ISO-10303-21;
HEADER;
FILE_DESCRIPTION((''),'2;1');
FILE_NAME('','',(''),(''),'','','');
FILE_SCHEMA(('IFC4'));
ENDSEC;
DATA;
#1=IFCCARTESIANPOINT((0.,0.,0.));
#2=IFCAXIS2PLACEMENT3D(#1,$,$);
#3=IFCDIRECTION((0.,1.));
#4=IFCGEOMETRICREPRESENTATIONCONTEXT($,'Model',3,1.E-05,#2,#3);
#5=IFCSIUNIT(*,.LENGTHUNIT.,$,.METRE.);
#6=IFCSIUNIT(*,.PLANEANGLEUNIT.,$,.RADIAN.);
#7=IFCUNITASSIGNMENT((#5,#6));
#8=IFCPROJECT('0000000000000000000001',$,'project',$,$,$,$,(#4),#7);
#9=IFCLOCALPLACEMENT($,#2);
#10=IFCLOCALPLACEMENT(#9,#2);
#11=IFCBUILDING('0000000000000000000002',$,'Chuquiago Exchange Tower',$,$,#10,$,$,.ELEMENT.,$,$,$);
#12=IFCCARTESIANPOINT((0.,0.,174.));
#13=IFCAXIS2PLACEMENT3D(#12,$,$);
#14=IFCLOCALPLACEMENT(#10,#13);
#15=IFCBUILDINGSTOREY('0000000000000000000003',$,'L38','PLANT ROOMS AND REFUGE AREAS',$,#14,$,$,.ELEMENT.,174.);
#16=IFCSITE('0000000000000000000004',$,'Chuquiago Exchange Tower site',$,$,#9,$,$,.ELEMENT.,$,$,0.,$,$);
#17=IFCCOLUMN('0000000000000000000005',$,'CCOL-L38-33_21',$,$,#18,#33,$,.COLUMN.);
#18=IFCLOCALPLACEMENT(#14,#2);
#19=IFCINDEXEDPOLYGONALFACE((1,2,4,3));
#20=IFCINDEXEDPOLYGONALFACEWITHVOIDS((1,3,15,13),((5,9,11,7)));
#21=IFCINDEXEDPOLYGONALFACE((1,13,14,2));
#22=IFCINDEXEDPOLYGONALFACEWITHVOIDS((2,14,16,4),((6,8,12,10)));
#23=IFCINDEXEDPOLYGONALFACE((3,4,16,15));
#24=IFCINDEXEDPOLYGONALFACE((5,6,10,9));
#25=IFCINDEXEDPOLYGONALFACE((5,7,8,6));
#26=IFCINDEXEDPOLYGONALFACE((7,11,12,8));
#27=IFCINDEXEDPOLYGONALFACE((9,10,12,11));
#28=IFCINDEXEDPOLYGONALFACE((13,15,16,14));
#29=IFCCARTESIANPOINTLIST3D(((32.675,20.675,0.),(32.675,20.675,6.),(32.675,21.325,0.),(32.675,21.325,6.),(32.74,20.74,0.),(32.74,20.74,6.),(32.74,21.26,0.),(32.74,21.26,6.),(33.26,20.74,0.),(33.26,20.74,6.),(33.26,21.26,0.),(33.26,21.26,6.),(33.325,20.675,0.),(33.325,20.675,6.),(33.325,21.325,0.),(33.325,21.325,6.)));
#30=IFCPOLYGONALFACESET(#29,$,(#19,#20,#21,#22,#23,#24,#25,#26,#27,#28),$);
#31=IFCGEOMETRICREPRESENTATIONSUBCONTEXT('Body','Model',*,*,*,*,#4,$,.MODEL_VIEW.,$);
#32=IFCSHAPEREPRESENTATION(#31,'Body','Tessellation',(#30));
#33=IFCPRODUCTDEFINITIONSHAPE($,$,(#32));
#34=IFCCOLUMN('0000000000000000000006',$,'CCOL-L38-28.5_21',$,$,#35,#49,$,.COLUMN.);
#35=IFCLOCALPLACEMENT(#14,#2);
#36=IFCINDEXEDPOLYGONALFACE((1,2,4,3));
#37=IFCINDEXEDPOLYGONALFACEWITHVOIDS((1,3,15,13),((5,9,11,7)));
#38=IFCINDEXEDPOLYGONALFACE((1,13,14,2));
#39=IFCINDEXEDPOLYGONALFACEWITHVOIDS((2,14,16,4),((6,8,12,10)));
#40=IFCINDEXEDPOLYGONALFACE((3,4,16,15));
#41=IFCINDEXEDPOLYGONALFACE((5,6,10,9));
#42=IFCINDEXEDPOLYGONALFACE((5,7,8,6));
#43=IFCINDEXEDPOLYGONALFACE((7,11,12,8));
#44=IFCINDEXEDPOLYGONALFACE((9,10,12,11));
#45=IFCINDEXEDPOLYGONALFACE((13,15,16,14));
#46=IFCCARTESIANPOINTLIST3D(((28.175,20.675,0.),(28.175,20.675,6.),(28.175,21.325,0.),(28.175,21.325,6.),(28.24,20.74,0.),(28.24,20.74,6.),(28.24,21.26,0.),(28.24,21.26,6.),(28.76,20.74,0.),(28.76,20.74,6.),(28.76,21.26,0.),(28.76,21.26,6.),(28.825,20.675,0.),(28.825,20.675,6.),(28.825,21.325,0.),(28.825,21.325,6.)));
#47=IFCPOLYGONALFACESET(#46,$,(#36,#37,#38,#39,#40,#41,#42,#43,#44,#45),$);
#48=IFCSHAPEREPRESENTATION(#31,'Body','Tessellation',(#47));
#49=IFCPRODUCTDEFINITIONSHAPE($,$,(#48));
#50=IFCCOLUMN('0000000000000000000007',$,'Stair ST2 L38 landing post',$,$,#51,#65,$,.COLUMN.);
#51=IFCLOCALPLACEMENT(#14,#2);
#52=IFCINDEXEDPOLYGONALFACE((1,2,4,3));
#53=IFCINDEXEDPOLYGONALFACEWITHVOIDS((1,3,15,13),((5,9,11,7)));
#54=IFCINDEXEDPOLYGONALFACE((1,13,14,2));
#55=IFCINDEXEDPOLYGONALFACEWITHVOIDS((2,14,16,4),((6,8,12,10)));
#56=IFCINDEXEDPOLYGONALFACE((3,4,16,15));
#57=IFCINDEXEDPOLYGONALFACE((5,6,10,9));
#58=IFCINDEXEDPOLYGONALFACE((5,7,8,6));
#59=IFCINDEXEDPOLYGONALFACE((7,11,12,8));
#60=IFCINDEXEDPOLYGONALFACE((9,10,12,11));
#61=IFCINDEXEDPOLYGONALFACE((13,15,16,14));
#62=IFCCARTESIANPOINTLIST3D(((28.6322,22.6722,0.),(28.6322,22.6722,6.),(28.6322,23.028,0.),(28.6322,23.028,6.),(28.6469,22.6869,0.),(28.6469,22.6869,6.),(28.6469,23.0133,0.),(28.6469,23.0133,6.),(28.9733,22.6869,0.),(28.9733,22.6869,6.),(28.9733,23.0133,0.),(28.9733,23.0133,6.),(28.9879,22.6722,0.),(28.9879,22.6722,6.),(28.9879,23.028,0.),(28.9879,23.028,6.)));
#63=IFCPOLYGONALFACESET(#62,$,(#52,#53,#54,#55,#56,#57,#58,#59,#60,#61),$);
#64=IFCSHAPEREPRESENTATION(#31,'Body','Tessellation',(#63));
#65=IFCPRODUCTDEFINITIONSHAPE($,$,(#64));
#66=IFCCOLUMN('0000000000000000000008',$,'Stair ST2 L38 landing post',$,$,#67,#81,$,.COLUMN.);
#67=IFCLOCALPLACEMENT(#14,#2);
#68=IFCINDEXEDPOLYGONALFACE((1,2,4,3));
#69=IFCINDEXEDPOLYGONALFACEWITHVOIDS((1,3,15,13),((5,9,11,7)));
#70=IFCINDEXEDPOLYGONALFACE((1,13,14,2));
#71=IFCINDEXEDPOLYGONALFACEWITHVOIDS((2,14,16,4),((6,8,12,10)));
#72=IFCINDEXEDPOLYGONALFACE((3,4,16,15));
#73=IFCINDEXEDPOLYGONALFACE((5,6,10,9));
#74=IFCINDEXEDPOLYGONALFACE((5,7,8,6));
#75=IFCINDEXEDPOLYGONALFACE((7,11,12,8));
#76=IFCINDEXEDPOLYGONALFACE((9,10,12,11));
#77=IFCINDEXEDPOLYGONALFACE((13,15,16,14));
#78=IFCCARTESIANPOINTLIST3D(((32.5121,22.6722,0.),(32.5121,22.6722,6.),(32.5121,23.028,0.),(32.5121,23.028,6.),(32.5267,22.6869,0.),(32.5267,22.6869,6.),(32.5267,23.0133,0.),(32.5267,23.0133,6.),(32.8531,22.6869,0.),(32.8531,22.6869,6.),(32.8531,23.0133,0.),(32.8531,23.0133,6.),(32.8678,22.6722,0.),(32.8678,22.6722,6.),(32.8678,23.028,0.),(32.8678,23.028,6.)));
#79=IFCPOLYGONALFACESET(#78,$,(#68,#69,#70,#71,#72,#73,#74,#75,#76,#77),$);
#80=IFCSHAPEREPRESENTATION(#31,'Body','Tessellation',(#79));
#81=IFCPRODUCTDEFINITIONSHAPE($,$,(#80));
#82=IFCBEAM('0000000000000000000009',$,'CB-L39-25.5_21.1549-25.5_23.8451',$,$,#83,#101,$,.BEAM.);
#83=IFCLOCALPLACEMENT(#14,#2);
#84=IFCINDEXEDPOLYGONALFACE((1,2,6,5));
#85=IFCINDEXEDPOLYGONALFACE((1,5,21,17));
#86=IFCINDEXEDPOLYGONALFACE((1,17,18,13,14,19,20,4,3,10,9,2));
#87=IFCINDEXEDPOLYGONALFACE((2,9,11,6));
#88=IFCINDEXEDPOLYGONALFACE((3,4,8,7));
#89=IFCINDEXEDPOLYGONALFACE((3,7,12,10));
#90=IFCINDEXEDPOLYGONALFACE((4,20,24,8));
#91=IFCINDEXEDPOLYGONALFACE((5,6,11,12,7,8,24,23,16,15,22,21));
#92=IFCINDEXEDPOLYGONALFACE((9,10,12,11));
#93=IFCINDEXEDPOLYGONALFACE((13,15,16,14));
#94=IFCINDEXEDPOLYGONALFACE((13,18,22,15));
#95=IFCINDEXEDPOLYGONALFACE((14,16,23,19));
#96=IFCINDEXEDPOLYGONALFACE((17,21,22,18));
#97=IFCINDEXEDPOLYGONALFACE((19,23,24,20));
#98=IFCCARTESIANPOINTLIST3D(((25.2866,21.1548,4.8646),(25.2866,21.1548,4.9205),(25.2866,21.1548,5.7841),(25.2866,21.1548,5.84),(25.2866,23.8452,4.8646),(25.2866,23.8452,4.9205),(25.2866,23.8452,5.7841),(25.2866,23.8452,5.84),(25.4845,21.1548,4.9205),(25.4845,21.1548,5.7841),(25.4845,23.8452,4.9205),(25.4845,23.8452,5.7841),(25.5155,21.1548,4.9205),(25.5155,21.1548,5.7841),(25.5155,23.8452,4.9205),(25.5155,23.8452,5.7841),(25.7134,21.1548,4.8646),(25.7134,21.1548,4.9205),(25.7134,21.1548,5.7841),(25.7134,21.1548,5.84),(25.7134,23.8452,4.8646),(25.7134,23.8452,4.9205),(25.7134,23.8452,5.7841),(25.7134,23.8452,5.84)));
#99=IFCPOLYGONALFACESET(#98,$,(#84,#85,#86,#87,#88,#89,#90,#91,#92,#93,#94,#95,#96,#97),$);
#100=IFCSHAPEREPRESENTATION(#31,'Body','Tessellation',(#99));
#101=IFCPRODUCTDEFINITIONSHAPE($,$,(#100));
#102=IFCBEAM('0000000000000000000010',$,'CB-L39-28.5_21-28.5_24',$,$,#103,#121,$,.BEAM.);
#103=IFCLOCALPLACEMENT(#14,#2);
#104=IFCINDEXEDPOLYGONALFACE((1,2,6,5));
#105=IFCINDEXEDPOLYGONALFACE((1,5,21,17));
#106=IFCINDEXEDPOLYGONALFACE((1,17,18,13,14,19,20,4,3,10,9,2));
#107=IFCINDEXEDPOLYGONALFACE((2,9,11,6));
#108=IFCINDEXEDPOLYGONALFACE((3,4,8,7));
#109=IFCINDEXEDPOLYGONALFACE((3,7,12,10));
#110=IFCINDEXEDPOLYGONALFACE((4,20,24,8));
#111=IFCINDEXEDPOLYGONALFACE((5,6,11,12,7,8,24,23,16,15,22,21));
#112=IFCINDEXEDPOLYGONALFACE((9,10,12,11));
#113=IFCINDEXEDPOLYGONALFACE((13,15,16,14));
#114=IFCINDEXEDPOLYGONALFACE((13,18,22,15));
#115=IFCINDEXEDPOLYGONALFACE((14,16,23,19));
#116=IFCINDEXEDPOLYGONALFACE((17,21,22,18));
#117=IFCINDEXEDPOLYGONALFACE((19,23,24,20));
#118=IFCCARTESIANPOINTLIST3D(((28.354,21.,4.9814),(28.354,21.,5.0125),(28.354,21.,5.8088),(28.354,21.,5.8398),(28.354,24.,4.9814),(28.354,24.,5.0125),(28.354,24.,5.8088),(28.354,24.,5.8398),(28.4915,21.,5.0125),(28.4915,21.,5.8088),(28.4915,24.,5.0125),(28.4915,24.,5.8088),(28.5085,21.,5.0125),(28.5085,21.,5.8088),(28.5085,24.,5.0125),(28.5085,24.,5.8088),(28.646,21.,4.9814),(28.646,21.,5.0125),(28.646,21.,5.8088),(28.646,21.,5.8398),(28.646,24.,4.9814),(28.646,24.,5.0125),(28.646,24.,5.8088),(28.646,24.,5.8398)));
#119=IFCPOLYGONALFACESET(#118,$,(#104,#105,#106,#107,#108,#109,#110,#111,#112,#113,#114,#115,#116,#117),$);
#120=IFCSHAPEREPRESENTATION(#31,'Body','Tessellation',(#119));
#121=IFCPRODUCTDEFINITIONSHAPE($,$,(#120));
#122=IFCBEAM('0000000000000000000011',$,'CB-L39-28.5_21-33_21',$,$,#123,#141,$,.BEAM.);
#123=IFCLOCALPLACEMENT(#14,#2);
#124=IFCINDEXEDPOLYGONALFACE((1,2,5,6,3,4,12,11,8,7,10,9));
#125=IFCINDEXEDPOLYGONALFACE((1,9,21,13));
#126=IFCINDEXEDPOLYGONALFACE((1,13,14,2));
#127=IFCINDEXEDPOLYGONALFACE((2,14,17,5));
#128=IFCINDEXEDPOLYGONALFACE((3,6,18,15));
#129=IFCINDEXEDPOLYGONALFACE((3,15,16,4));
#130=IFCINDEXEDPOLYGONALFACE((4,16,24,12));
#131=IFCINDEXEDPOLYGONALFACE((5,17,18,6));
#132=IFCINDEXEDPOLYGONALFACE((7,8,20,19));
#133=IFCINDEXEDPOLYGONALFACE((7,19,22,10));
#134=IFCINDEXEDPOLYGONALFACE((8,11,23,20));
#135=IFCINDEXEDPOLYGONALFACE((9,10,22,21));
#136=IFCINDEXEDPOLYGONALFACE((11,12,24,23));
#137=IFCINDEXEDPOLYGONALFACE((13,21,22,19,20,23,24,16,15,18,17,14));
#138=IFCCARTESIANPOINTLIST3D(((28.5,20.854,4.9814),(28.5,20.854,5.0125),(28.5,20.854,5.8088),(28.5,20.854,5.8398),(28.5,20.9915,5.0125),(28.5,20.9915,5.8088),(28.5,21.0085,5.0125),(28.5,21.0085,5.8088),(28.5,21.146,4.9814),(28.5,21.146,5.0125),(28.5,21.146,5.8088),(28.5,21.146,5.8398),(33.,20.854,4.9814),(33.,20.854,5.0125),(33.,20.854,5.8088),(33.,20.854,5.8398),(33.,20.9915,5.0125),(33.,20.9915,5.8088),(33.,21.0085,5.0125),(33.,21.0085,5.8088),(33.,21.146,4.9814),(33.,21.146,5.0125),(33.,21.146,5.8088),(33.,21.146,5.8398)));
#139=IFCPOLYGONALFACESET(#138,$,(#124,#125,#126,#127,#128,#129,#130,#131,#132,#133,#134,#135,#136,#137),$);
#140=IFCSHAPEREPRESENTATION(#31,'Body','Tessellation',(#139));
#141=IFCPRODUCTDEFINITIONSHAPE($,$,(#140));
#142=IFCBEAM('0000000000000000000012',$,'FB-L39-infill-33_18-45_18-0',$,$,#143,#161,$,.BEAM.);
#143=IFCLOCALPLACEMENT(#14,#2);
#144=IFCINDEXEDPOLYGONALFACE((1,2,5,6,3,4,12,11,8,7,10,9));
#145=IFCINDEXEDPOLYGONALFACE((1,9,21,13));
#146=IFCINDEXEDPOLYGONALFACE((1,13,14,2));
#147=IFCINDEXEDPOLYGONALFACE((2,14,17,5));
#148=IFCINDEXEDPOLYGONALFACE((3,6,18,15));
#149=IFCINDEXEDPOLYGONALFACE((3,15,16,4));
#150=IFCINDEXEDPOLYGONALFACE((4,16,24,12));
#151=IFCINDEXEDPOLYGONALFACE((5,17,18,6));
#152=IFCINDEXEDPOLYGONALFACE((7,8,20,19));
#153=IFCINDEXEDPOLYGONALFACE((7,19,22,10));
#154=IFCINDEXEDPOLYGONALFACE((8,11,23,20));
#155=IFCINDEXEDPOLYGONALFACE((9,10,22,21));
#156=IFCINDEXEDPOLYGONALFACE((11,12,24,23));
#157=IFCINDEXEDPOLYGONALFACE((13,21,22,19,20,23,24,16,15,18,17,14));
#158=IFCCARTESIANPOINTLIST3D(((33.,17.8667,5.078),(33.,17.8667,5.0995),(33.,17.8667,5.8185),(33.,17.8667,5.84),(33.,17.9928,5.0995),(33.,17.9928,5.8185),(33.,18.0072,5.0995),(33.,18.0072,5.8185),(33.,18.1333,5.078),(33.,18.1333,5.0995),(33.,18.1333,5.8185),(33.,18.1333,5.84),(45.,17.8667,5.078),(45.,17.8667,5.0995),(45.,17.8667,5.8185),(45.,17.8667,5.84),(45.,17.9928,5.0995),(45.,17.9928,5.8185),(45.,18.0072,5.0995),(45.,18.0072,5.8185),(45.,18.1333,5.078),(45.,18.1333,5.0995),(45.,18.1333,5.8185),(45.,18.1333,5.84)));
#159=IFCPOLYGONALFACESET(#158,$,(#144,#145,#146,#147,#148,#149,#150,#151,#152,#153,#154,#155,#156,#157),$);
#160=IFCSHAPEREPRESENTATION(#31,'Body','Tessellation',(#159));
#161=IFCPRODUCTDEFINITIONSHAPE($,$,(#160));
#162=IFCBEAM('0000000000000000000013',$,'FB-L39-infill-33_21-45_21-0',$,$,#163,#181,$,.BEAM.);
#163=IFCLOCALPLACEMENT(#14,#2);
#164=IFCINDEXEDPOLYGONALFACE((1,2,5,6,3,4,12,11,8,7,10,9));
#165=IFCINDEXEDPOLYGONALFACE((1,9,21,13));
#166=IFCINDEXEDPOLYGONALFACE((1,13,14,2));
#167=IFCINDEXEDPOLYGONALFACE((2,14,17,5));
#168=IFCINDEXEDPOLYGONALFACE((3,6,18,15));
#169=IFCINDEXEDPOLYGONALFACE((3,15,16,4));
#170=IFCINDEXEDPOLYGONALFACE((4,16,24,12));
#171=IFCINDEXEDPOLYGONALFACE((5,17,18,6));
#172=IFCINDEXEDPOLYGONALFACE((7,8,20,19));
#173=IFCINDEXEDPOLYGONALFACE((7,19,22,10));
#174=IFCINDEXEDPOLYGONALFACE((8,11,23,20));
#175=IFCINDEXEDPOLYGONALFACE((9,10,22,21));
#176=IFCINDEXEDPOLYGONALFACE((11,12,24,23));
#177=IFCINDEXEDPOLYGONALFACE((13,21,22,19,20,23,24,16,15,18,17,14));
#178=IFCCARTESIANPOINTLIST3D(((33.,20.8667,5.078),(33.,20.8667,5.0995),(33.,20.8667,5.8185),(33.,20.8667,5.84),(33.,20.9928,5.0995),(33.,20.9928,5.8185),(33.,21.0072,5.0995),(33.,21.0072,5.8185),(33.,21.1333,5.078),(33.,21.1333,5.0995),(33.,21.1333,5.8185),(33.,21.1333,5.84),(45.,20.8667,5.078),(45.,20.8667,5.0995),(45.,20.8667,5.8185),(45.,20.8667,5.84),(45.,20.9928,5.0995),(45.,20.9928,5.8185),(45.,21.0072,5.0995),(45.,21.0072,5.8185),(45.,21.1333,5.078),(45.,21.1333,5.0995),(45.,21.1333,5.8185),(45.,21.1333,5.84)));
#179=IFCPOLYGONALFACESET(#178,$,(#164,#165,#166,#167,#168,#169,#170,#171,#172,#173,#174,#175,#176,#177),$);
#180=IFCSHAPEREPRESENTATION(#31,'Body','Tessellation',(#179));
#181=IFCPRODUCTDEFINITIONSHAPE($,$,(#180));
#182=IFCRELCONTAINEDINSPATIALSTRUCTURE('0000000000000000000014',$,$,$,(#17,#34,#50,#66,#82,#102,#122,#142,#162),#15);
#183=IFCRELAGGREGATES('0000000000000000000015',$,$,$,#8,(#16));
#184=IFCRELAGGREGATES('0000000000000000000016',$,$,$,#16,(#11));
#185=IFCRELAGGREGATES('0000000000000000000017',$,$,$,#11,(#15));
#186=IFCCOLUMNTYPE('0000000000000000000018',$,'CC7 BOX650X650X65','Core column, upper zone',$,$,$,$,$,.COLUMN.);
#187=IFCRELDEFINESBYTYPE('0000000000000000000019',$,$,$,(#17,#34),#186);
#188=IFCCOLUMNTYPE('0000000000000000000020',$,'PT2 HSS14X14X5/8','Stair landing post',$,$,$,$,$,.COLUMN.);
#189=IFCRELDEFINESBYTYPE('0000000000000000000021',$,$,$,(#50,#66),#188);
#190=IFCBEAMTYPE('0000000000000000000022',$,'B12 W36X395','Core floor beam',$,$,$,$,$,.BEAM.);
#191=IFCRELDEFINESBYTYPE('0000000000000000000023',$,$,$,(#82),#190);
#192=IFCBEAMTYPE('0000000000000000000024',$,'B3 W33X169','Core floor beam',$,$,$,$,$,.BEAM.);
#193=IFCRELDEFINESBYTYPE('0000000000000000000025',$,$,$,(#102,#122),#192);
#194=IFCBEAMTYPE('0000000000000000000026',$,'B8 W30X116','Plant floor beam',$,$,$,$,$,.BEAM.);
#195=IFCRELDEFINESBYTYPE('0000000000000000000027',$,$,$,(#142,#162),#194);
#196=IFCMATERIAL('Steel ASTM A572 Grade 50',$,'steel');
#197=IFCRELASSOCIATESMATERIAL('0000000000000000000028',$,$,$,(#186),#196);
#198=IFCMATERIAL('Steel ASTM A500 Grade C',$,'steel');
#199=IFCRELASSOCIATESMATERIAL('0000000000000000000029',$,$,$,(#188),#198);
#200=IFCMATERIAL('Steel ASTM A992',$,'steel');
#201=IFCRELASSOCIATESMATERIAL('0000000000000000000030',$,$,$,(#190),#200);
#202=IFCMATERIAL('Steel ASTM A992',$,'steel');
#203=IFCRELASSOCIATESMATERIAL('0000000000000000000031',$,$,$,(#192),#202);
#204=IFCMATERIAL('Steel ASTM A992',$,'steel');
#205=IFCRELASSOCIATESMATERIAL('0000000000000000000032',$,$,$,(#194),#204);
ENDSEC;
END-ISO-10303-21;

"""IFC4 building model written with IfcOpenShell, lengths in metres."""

from ifc_helpers import new_model, si_unit, direction, frame, origin, origin_2d, place, context, subcontext, project, spatial, hollow_rectangle, i_section, extrude, material, material_profile, profile_set, type_object, element, save


model = new_model("IFC4")

# Units and contexts
model_context = context("Model", 3, precision=1e-05, world=origin(), true_north=direction((0.0, 1.0)))
body_context = subcontext(model_context, "Body", "Model", "MODEL_VIEW")
ifc_project = project(units=[si_unit("LENGTHUNIT", "METRE"), si_unit("PLANEANGLEUNIT", "RADIAN")], contexts=[model_context])

# Site, building, storey
site_placement = place(None, origin())
site = spatial("IfcSite", under=ifc_project, at=site_placement, Name="Chuquiago Exchange Tower site", CompositionType="ELEMENT", RefElevation=0.0)
building_placement = place(site_placement, origin())
building = spatial("IfcBuilding", under=site, at=building_placement, Name="Chuquiago Exchange Tower", CompositionType="ELEMENT")
storey_placement = place(building_placement, frame((0.0, 0.0, 174.0)))
storey = spatial("IfcBuildingStorey", under=building, at=storey_placement, Name="L38", Description="PLANT ROOMS AND REFUGE AREAS", CompositionType="ELEMENT", Elevation=174.0)

# Columns
ifc_material_1 = material(Name="Steel ASTM A572 Grade 50", Category="steel")
ifc_material_profile_1 = material_profile(ifc_material_1, hollow_rectangle(XDim=0.6499, YDim=0.6499, WallThickness=0.0649, at=origin_2d()), Name="BOX650X650X65")
ifc_profile_set_1 = profile_set([ifc_material_profile_1], Name="Steel ASTM A572 Grade 50")
column_type_1 = type_object("IfcColumnType", Name="CC7 BOX650X650X65", Description="Core column, upper zone", PredefinedType="COLUMN", material=ifc_profile_set_1)
for number, where, z_axis, x_axis, name in (
    (1, (33.0, 21.0, 0.0), (0.0, 0.0, 1.0), (1.0, 0.0, 0.0), "CCOL-L38-33_21"),
    (2, (28.5, 21.0, 0.0), (0.0, 0.0, 1.0), (1.0, 0.0, 0.0), "CCOL-L38-28.5_21"),
):
    element("IfcColumn", number, at=place(storey_placement, frame(where, z_axis=z_axis, x_axis=x_axis)), inside=storey, type_object=column_type_1, Name=name, PredefinedType="COLUMN", context=body_context, shape_type="SweptSolid", body=[
        extrude(hollow_rectangle(XDim=0.6499, YDim=0.6499, WallThickness=0.0649, at=origin_2d()), origin(), (0.0, 0.0, 1.0), 6.0),
    ])
ifc_material_2 = material(Name="Steel ASTM A500 Grade C", Category="steel")
ifc_material_profile_2 = material_profile(ifc_material_2, hollow_rectangle(XDim=0.3557, YDim=0.3557, WallThickness=0.0146, at=origin_2d()), Name="HSS14X14X5/8")
ifc_profile_set_2 = profile_set([ifc_material_profile_2], Name="Steel ASTM A500 Grade C")
column_type_2 = type_object("IfcColumnType", Name="PT2 HSS14X14X5/8", Description="Stair landing post", PredefinedType="COLUMN", material=ifc_profile_set_2)
for number, where, z_axis, x_axis, name in (
    (3, (28.8101, 22.8501, 0.0), (0.0, 0.0, 1.0), (1.0, 0.0, 0.0), "Stair ST2 L38 landing post"),
    (4, (32.6899, 22.8501, 0.0), (0.0, 0.0, 1.0), (1.0, 0.0, 0.0), "Stair ST2 L38 landing post"),
):
    element("IfcColumn", number, at=place(storey_placement, frame(where, z_axis=z_axis, x_axis=x_axis)), inside=storey, type_object=column_type_2, Name=name, PredefinedType="COLUMN", context=body_context, shape_type="SweptSolid", body=[
        extrude(hollow_rectangle(XDim=0.3557, YDim=0.3557, WallThickness=0.0146, at=origin_2d()), origin(), (0.0, 0.0, 1.0), 6.0),
    ])

# Beams
ifc_material_3 = material(Name="Steel ASTM A992", Category="steel")
ifc_material_profile_3 = material_profile(ifc_material_3, i_section(OverallWidth=0.4268, OverallDepth=0.9753, WebThickness=0.031, FlangeThickness=0.0559, at=origin_2d()), Name="W36X395")
ifc_profile_set_3 = profile_set([ifc_material_profile_3], Name="Steel ASTM A992")
beam_type_1 = type_object("IfcBeamType", Name="B12 W36X395", Description="Core floor beam", PredefinedType="BEAM", material=ifc_profile_set_3)
beam_1_placement = place(storey_placement, frame((25.5, 21.1548, 5.3523), z_axis=(0.0, 1.0, 0.0), x_axis=(-1.0, 0.0, 0.0)))
element("IfcBeam", 5, at=beam_1_placement, inside=storey, type_object=beam_type_1, Name="CB-L39-25.5_21.1549-25.5_23.8451", PredefinedType="BEAM", context=body_context, shape_type="SweptSolid", body=[
    extrude(i_section(OverallWidth=0.4268, OverallDepth=0.9753, WebThickness=0.031, FlangeThickness=0.0559, at=origin_2d()), origin(), (0.0, 0.0, 1.0), 2.6904),
])
ifc_material_4 = material(Name="Steel ASTM A992", Category="steel")
ifc_material_profile_4 = material_profile(ifc_material_4, i_section(OverallWidth=0.292, OverallDepth=0.8584, WebThickness=0.0171, FlangeThickness=0.031, at=origin_2d()), Name="W33X169")
ifc_profile_set_4 = profile_set([ifc_material_profile_4], Name="Steel ASTM A992")
beam_type_2 = type_object("IfcBeamType", Name="B3 W33X169", Description="Core floor beam", PredefinedType="BEAM", material=ifc_profile_set_4)
beam_2_placement = place(storey_placement, frame((28.5, 21.0, 5.4106), z_axis=(0.0, 1.0, 0.0), x_axis=(-1.0, 0.0, 0.0)))
element("IfcBeam", 6, at=beam_2_placement, inside=storey, type_object=beam_type_2, Name="CB-L39-28.5_21-28.5_24", PredefinedType="BEAM", context=body_context, shape_type="SweptSolid", body=[
    extrude(i_section(OverallWidth=0.292, OverallDepth=0.8584, WebThickness=0.0171, FlangeThickness=0.031, at=origin_2d()), origin(), (0.0, 0.0, 1.0), 3.0),
])
beam_3_placement = place(storey_placement, frame((28.5, 21.0, 5.4106), z_axis=(1.0, 0.0, 0.0), x_axis=(0.0, 1.0, 0.0)))
element("IfcBeam", 7, at=beam_3_placement, inside=storey, type_object=beam_type_2, Name="CB-L39-28.5_21-33_21", PredefinedType="BEAM", context=body_context, shape_type="SweptSolid", body=[
    extrude(i_section(OverallWidth=0.292, OverallDepth=0.8584, WebThickness=0.0171, FlangeThickness=0.031, at=origin_2d()), origin(), (0.0, 0.0, 1.0), 4.5),
])
ifc_material_5 = material(Name="Steel ASTM A992", Category="steel")
ifc_material_profile_5 = material_profile(ifc_material_5, i_section(OverallWidth=0.2666, OverallDepth=0.762, WebThickness=0.0144, FlangeThickness=0.0215, at=origin_2d()), Name="W30X116")
ifc_profile_set_5 = profile_set([ifc_material_profile_5], Name="Steel ASTM A992")
beam_type_3 = type_object("IfcBeamType", Name="B8 W30X116", Description="Plant floor beam", PredefinedType="BEAM", material=ifc_profile_set_5)
for number, where, z_axis, x_axis, name in (
    (8, (33.0, 18.0, 5.459), (1.0, 0.0, 0.0), (0.0, 1.0, 0.0), "FB-L39-infill-33_18-45_18-0"),
    (9, (33.0, 21.0, 5.459), (1.0, 0.0, 0.0), (0.0, 1.0, 0.0), "FB-L39-infill-33_21-45_21-0"),
):
    element("IfcBeam", number, at=place(storey_placement, frame(where, z_axis=z_axis, x_axis=x_axis)), inside=storey, type_object=beam_type_3, Name=name, PredefinedType="BEAM", context=body_context, shape_type="SweptSolid", body=[
        extrude(i_section(OverallWidth=0.2666, OverallDepth=0.762, WebThickness=0.0144, FlangeThickness=0.0215, at=origin_2d()), origin(), (0.0, 0.0, 1.0), 12.0),
    ])

save(model, "model.ifc")
